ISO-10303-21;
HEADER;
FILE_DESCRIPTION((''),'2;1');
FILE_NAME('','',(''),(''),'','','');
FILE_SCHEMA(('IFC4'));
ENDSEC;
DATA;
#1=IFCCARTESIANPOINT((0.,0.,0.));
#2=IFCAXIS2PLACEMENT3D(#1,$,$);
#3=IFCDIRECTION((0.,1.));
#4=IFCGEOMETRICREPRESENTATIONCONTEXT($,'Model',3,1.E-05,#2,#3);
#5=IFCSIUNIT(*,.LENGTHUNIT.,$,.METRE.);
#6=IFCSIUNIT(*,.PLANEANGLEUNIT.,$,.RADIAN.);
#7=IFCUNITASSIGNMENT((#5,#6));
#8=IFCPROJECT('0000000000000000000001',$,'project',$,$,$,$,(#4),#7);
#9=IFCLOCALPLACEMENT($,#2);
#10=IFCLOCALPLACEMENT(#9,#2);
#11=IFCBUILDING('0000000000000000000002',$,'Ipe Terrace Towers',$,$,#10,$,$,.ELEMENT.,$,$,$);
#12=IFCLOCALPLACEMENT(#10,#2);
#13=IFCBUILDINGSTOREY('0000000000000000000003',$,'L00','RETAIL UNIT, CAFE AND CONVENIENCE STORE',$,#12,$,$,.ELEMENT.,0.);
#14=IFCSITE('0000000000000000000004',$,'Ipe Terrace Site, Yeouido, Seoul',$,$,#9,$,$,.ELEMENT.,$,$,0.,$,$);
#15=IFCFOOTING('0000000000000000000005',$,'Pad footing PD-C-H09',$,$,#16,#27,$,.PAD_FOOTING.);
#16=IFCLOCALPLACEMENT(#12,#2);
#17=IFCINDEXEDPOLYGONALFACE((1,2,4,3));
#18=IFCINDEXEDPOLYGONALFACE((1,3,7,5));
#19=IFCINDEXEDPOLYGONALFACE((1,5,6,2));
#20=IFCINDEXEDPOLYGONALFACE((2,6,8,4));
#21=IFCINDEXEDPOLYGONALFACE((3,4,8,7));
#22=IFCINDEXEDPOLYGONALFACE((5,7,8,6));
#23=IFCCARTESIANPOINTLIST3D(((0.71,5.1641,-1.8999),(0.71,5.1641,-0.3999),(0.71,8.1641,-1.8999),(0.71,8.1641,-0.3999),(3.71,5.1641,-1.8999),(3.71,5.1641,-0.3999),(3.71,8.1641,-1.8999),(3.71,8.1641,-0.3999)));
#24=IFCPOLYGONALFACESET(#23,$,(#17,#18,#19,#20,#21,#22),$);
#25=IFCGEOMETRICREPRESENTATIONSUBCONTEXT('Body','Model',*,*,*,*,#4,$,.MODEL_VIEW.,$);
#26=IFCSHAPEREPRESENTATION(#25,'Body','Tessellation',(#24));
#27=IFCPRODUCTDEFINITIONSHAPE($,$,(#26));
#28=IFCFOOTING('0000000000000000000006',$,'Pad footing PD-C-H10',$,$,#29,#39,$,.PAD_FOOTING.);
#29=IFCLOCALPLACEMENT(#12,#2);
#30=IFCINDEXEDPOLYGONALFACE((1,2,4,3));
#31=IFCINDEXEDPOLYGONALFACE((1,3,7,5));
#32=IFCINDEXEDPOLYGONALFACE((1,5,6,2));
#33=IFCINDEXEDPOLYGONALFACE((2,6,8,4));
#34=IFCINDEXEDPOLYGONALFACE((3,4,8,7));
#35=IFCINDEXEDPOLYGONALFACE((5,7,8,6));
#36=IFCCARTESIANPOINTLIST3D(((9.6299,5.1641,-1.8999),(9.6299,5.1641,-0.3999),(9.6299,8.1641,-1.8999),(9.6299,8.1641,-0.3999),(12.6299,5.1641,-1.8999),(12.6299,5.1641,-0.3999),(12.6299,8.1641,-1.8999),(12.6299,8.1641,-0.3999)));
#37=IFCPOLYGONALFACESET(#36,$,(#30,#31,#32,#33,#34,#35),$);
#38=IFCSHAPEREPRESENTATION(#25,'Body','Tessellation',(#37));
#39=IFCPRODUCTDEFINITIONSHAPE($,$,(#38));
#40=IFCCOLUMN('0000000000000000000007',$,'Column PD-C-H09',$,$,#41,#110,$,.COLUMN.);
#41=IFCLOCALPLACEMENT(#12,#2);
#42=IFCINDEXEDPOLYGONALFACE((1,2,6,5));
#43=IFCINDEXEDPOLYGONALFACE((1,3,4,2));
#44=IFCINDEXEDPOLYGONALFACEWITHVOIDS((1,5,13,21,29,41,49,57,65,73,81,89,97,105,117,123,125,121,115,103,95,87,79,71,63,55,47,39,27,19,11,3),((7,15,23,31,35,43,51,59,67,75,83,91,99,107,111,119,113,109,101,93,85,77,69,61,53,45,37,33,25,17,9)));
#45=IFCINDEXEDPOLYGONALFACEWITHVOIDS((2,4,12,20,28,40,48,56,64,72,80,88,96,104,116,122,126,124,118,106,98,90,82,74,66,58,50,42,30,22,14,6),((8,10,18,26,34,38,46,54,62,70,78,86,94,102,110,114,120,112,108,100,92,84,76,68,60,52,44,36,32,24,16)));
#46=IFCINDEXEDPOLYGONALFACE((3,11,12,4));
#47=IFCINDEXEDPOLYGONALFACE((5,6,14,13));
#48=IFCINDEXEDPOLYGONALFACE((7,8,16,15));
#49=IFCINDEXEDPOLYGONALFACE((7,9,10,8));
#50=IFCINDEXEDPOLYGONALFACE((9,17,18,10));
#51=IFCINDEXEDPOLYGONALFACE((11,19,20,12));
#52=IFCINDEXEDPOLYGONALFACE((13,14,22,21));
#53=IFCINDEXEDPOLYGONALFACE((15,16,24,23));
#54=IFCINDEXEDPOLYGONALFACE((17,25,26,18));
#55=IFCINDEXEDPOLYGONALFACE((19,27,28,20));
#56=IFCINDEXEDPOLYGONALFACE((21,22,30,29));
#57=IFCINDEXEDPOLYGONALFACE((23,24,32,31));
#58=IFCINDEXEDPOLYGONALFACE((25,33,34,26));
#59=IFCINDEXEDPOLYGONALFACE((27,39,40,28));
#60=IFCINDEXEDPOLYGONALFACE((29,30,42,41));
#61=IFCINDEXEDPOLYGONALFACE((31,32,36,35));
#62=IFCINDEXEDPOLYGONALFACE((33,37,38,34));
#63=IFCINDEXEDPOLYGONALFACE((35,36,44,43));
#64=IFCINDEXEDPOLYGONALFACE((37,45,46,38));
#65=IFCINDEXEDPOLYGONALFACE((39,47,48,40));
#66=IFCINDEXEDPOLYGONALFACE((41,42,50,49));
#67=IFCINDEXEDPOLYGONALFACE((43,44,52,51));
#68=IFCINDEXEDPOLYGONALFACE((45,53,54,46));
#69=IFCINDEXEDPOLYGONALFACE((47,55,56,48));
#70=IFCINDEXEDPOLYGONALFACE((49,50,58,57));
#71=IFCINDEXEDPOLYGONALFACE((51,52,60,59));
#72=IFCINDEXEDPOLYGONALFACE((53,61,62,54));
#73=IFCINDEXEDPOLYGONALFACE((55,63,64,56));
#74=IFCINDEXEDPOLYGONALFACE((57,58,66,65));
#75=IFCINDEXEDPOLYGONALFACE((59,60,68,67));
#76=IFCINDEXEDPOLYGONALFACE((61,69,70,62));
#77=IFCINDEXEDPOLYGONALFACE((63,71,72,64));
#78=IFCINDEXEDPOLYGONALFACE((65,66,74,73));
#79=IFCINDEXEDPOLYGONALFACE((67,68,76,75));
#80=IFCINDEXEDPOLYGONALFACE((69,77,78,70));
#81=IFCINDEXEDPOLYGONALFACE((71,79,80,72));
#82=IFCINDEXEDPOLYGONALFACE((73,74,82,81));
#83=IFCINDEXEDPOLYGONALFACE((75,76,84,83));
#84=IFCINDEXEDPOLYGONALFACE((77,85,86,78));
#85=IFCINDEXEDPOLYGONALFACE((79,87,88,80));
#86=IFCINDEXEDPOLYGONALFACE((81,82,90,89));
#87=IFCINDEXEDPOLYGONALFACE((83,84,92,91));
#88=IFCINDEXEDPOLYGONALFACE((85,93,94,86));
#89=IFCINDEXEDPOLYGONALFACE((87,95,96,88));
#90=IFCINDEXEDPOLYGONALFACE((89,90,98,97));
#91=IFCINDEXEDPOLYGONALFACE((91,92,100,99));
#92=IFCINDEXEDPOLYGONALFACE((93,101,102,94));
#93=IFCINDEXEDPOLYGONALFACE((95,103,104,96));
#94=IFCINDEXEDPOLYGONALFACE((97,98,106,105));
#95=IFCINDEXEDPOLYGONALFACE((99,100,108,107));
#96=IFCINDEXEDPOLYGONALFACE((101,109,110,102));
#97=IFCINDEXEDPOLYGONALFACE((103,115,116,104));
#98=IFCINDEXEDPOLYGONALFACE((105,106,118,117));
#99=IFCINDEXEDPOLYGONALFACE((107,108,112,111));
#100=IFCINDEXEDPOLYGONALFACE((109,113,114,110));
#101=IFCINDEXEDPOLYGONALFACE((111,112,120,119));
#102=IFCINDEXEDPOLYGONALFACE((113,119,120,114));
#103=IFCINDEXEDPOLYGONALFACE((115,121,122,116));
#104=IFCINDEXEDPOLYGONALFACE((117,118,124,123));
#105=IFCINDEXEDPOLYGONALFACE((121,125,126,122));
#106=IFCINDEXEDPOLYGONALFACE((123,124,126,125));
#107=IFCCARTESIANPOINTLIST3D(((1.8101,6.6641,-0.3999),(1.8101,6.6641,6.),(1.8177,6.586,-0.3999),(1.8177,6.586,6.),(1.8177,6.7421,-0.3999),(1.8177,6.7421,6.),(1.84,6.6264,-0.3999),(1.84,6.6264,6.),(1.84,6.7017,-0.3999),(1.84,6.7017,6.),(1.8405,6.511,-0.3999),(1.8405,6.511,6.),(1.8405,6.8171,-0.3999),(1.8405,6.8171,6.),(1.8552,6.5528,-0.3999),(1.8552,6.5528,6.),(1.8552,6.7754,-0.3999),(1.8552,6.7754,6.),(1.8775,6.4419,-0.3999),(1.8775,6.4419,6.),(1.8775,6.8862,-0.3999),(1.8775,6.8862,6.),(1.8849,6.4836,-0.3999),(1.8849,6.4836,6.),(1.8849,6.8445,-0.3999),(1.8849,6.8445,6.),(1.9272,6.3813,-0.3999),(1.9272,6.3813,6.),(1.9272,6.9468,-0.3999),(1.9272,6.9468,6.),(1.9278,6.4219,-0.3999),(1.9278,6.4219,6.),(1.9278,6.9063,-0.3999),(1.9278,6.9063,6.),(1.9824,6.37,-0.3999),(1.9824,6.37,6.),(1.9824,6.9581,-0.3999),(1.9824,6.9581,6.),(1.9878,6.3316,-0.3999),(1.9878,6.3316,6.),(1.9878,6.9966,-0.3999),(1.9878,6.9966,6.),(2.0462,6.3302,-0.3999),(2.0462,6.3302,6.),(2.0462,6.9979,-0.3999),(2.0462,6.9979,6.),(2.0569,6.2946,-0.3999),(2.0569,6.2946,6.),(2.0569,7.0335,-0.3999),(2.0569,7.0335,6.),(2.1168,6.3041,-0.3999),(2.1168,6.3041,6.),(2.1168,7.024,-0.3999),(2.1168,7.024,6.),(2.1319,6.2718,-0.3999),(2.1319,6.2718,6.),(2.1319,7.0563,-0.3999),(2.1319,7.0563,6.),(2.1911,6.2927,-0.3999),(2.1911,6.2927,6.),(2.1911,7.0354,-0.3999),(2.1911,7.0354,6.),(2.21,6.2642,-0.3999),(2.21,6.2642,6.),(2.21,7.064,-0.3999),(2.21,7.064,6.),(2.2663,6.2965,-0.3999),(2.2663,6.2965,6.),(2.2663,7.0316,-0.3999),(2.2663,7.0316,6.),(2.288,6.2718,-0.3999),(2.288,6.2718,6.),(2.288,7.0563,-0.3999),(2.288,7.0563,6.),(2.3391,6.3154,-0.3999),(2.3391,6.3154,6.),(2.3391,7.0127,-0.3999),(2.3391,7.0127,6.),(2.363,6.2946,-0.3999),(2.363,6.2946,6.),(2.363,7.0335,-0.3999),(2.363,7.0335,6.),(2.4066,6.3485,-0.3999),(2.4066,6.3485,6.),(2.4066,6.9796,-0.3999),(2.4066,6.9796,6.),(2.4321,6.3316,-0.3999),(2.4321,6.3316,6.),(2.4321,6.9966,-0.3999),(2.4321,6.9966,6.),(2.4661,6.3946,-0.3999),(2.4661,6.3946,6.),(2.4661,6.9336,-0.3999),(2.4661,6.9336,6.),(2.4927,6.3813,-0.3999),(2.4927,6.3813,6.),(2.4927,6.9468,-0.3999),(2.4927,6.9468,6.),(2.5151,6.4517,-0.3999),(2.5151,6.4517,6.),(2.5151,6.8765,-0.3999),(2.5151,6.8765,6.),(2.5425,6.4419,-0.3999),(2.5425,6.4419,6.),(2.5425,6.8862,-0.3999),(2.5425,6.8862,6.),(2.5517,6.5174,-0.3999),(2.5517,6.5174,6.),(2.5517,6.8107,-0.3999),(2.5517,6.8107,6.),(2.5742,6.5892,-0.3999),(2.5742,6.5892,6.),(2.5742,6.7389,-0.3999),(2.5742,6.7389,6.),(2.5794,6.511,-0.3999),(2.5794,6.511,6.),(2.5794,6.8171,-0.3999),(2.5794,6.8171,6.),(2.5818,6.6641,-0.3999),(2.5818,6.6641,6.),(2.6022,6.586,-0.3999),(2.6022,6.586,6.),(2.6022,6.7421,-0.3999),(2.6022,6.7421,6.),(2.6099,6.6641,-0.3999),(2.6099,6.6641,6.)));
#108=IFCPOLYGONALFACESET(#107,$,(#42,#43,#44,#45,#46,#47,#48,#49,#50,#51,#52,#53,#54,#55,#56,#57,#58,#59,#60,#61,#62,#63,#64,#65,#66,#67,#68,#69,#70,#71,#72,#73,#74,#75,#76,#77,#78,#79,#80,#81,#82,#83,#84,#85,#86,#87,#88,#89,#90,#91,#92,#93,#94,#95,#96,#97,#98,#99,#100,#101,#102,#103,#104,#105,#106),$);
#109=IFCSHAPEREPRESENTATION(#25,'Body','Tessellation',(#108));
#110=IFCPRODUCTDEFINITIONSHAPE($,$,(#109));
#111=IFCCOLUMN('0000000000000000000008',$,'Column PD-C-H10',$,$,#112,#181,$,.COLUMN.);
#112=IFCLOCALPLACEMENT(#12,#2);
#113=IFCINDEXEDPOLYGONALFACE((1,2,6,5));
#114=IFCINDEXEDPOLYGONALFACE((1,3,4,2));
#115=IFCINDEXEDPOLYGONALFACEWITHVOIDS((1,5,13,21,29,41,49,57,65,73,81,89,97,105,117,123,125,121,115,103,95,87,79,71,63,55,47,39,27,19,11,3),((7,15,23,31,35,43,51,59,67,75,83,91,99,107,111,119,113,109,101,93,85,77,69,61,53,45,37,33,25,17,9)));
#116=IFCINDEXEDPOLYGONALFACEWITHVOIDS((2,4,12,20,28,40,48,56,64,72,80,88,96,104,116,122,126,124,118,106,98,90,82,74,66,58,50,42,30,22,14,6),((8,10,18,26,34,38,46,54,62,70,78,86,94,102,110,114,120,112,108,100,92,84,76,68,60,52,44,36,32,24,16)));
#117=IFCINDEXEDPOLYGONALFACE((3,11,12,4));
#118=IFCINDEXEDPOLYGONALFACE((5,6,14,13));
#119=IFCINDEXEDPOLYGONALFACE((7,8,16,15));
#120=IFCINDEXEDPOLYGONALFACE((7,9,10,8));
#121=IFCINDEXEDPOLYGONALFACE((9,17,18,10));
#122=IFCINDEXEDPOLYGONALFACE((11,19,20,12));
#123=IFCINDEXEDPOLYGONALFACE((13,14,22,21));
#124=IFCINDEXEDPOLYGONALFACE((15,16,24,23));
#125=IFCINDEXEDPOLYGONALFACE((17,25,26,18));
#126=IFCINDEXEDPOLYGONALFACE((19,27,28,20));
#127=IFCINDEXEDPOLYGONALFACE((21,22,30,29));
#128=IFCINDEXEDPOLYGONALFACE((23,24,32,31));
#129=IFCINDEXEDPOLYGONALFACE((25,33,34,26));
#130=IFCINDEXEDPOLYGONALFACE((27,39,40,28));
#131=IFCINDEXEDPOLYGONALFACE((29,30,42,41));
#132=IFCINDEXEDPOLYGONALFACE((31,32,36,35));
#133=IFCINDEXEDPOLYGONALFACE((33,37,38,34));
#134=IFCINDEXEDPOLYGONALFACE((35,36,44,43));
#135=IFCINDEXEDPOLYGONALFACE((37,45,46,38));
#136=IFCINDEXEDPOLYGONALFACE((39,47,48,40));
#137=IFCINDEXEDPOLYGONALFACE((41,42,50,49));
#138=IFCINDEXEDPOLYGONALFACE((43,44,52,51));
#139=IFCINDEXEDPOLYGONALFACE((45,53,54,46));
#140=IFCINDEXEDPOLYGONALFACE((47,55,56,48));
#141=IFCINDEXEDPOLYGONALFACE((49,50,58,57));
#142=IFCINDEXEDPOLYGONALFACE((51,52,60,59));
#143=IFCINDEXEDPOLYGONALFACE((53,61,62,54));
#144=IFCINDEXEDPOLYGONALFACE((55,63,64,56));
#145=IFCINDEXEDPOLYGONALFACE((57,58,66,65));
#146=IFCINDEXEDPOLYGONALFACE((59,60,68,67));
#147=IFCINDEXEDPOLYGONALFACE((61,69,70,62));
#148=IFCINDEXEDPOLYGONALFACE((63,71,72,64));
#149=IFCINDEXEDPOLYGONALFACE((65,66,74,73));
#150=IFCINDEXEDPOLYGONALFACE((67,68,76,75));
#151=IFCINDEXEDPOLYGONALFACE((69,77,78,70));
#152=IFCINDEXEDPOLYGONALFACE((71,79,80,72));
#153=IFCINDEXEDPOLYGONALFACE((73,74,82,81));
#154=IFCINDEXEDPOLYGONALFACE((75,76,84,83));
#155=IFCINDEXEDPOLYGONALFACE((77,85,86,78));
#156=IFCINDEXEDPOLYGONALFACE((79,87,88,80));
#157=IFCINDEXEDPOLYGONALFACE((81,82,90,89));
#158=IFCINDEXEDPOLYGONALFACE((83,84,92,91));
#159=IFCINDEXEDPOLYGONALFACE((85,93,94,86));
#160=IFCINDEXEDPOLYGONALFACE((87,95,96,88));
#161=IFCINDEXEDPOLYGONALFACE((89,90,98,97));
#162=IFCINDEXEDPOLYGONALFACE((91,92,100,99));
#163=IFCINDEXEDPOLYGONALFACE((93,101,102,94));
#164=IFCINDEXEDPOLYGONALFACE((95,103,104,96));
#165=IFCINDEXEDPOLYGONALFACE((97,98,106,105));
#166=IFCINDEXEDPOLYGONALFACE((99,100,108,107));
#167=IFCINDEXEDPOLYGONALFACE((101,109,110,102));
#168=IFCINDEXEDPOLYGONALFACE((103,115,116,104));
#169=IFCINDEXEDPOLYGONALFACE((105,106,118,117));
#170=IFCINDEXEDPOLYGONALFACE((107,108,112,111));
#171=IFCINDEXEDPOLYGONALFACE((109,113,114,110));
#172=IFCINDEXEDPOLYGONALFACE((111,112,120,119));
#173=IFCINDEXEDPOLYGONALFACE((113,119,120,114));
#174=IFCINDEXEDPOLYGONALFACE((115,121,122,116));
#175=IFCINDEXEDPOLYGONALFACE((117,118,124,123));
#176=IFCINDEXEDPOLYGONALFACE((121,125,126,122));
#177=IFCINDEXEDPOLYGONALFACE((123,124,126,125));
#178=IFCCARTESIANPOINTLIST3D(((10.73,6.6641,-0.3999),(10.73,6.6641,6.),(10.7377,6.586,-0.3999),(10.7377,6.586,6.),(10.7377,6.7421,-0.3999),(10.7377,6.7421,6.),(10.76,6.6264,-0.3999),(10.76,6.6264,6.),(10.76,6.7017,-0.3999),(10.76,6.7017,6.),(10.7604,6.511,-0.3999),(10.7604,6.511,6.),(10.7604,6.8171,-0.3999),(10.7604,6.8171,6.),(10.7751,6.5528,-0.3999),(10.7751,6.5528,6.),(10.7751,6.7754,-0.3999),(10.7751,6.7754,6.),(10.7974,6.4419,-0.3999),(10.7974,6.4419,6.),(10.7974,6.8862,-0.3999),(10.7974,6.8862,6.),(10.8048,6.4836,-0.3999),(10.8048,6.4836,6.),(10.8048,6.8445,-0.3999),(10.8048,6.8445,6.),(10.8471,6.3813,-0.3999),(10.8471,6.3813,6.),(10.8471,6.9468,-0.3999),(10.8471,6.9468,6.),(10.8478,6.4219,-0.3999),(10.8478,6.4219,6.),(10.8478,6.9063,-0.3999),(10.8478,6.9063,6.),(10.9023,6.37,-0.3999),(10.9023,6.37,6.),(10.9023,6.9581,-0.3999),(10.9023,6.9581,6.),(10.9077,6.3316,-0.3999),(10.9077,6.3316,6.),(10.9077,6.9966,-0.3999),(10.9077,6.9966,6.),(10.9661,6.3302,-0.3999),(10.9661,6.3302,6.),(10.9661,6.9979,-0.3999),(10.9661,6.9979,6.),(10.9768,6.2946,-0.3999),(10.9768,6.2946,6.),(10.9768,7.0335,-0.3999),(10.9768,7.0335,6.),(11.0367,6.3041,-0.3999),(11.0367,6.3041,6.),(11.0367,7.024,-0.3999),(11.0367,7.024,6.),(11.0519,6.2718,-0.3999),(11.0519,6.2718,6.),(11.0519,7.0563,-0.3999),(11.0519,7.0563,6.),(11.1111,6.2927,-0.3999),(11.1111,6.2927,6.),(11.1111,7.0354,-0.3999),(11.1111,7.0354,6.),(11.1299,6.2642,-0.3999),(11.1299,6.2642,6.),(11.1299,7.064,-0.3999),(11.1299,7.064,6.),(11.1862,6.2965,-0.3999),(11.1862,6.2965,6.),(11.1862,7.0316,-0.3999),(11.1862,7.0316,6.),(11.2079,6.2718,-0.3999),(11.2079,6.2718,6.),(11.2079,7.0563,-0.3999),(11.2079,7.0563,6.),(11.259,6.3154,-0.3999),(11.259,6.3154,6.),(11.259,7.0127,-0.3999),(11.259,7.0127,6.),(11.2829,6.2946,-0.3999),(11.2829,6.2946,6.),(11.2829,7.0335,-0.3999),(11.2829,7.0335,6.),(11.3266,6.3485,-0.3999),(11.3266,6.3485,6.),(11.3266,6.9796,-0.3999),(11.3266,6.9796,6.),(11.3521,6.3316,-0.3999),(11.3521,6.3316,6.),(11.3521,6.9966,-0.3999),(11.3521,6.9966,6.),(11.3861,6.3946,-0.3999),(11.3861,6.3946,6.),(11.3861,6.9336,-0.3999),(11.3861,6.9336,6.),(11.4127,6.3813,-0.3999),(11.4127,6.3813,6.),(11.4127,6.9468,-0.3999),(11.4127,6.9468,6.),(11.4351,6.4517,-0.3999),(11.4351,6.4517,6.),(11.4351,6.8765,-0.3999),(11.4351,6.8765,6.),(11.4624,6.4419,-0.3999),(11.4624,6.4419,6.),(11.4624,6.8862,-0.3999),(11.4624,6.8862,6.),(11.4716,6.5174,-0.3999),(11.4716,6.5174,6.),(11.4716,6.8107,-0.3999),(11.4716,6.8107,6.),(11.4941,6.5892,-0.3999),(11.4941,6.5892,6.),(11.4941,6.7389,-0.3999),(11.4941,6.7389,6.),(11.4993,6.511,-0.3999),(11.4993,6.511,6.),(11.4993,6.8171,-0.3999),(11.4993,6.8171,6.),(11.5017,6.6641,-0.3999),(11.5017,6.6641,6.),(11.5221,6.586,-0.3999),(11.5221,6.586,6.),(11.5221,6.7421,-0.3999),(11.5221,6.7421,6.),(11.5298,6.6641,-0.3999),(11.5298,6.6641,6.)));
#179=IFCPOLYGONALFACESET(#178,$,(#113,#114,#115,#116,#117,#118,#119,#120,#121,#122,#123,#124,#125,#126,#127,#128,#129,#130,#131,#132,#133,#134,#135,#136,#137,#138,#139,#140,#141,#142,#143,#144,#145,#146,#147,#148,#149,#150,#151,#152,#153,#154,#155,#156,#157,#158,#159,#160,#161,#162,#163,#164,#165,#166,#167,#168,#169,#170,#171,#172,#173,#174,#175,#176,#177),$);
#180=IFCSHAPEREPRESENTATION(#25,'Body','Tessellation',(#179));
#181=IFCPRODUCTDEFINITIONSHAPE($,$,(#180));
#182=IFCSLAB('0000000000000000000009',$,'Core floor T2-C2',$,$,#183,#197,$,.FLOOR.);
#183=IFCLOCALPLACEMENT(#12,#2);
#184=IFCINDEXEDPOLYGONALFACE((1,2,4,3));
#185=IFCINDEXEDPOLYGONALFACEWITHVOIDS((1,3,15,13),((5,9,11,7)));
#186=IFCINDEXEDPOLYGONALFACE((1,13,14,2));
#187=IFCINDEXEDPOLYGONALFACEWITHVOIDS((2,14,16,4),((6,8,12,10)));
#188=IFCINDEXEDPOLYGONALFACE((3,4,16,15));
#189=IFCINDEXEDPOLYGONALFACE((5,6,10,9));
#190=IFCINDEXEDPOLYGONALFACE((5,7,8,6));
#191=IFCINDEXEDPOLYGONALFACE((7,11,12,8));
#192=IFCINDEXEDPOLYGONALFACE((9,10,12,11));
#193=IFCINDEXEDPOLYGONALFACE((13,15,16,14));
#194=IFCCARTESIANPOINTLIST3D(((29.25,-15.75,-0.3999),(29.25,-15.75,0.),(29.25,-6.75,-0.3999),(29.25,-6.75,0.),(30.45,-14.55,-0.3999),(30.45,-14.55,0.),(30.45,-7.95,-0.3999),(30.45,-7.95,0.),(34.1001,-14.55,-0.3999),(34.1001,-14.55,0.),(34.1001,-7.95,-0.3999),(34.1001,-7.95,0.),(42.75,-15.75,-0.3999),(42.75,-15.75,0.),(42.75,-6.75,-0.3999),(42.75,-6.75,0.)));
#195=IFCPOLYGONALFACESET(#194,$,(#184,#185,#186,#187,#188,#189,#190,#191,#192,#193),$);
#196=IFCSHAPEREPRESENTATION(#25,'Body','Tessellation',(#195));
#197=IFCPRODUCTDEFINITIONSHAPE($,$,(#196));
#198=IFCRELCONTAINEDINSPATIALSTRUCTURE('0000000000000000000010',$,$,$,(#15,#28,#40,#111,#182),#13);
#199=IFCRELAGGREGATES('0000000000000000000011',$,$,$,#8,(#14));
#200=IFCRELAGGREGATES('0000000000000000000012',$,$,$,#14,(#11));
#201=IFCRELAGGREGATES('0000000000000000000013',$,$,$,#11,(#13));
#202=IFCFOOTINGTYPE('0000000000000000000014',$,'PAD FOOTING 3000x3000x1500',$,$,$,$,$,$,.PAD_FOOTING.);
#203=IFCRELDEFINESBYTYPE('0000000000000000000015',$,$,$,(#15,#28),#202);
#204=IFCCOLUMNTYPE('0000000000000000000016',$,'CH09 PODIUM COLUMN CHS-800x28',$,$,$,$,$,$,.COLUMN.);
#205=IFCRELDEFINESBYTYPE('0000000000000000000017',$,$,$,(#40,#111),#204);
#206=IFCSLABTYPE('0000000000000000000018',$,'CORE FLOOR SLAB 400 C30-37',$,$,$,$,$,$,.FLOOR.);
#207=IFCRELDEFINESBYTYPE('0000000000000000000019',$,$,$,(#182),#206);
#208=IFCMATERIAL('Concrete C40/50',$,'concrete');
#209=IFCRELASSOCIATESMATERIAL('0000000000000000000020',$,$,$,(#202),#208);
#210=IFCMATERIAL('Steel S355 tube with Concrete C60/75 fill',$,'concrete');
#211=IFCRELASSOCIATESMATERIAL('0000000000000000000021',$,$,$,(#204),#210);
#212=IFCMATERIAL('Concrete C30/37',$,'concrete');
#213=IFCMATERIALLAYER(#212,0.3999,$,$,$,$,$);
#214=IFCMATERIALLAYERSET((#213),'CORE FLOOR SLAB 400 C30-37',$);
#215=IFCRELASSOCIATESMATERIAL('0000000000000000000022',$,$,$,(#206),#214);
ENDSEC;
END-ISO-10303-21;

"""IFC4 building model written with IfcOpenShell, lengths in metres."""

from ifc_helpers import new_model, si_unit, direction, frame, origin, origin_2d, place, context, subcontext, project, spatial, polyline, rectangle, hollow_circle, outline, extrude, material, layer, layer_set, material_profile, profile_set, type_object, element, save


model = new_model("IFC4")

# Units and contexts
model_context = context("Model", 3, precision=1e-05, world=origin(), true_north=direction((0.0, 1.0)))
body_context = subcontext(model_context, "Body", "Model", "MODEL_VIEW")
ifc_project = project(units=[si_unit("LENGTHUNIT", "METRE"), si_unit("PLANEANGLEUNIT", "RADIAN")], contexts=[model_context])

# Site, building, storey
site_placement = place(None, origin())
site = spatial("IfcSite", under=ifc_project, at=site_placement, Name="Ipe Terrace Site, Yeouido, Seoul", CompositionType="ELEMENT", RefElevation=0.0)
building_placement = place(site_placement, origin())
building = spatial("IfcBuilding", under=site, at=building_placement, Name="Ipe Terrace Towers", CompositionType="ELEMENT")
storey_placement = place(building_placement, origin())
storey = spatial("IfcBuildingStorey", under=building, at=storey_placement, Name="L00", Description="RETAIL UNIT, CAFE AND CONVENIENCE STORE", CompositionType="ELEMENT", Elevation=0.0)

# Footings
ifc_material_1 = material(Name="Concrete C40/50", Category="concrete")
footing_type = type_object("IfcFootingType", Name="PAD FOOTING 3000x3000x1500", PredefinedType="PAD_FOOTING", material=ifc_material_1)
for number, where, z_axis, x_axis, name in (
    (1, (2.21, 6.6641, -1.8999), (0.0, 0.0, 1.0), (1.0, 0.0, 0.0), "Pad footing PD-C-H09"),
    (2, (11.1299, 6.6641, -1.8999), (0.0, 0.0, 1.0), (1.0, 0.0, 0.0), "Pad footing PD-C-H10"),
):
    element("IfcFooting", number, at=place(storey_placement, frame(where, z_axis=z_axis, x_axis=x_axis)), inside=storey, type_object=footing_type, Name=name, PredefinedType="PAD_FOOTING", context=body_context, shape_type="SweptSolid", body=[
        extrude(rectangle(XDim=3.0, YDim=3.0, at=origin_2d()), origin(), (0.0, 0.0, 1.0), 1.5),
    ])

# Columns
ifc_material_2 = material(Name="Steel S355 tube with Concrete C60/75 fill", Category="concrete")
ifc_material_profile = material_profile(ifc_material_2, hollow_circle(Radius=0.3999, WallThickness=0.0281, at=origin_2d()), Name="CHS-800x28")
ifc_profile_set = profile_set([ifc_material_profile], Name="Steel S355 tube with Concrete C60/75 fill")
column_type = type_object("IfcColumnType", Name="CH09 PODIUM COLUMN CHS-800x28", PredefinedType="COLUMN", material=ifc_profile_set)
for number, where, z_axis, x_axis, name in (
    (3, (2.21, 6.6641, -0.3999), (0.0, 0.0, 1.0), (1.0, 0.0, 0.0), "Column PD-C-H09"),
    (4, (11.1299, 6.6641, -0.3999), (0.0, 0.0, 1.0), (1.0, 0.0, 0.0), "Column PD-C-H10"),
):
    element("IfcColumn", number, at=place(storey_placement, frame(where, z_axis=z_axis, x_axis=x_axis)), inside=storey, type_object=column_type, Name=name, PredefinedType="COLUMN", context=body_context, shape_type="SweptSolid", body=[
        extrude(hollow_circle(Radius=0.3999, WallThickness=0.0281, at=origin_2d()), origin(), (0.0, 0.0, 1.0), 6.3999),
    ])

# Slab
ifc_material_3 = material(Name="Concrete C30/37", Category="concrete")
ifc_layer_1 = layer(ifc_material_3, 0.3999)
ifc_layer_set_1 = layer_set([ifc_layer_1], Name="CORE FLOOR SLAB 400 C30-37")
slab_type = type_object("IfcSlabType", Name="CORE FLOOR SLAB 400 C30-37", PredefinedType="FLOOR", material=ifc_layer_set_1)
slab_placement = place(storey_placement, frame((0.0, 0.0, -0.3999)))
element("IfcSlab", 5, at=slab_placement, inside=storey, type_object=slab_type, Name="Core floor T2-C2", PredefinedType="FLOOR", context=body_context, shape_type="SweptSolid", body=[
    extrude(outline(polyline([(29.25, -15.75), (29.25, -6.75), (42.75, -6.75), (42.75, -15.75), (29.25, -15.75)]), holes=[polyline([(34.1001, -14.55), (34.1001, -7.95), (30.45, -7.95), (30.45, -14.55), (34.1001, -14.55)])]), origin(), (0.0, 0.0, 1.0), 0.3999),
])

save(model, "model.ifc")
